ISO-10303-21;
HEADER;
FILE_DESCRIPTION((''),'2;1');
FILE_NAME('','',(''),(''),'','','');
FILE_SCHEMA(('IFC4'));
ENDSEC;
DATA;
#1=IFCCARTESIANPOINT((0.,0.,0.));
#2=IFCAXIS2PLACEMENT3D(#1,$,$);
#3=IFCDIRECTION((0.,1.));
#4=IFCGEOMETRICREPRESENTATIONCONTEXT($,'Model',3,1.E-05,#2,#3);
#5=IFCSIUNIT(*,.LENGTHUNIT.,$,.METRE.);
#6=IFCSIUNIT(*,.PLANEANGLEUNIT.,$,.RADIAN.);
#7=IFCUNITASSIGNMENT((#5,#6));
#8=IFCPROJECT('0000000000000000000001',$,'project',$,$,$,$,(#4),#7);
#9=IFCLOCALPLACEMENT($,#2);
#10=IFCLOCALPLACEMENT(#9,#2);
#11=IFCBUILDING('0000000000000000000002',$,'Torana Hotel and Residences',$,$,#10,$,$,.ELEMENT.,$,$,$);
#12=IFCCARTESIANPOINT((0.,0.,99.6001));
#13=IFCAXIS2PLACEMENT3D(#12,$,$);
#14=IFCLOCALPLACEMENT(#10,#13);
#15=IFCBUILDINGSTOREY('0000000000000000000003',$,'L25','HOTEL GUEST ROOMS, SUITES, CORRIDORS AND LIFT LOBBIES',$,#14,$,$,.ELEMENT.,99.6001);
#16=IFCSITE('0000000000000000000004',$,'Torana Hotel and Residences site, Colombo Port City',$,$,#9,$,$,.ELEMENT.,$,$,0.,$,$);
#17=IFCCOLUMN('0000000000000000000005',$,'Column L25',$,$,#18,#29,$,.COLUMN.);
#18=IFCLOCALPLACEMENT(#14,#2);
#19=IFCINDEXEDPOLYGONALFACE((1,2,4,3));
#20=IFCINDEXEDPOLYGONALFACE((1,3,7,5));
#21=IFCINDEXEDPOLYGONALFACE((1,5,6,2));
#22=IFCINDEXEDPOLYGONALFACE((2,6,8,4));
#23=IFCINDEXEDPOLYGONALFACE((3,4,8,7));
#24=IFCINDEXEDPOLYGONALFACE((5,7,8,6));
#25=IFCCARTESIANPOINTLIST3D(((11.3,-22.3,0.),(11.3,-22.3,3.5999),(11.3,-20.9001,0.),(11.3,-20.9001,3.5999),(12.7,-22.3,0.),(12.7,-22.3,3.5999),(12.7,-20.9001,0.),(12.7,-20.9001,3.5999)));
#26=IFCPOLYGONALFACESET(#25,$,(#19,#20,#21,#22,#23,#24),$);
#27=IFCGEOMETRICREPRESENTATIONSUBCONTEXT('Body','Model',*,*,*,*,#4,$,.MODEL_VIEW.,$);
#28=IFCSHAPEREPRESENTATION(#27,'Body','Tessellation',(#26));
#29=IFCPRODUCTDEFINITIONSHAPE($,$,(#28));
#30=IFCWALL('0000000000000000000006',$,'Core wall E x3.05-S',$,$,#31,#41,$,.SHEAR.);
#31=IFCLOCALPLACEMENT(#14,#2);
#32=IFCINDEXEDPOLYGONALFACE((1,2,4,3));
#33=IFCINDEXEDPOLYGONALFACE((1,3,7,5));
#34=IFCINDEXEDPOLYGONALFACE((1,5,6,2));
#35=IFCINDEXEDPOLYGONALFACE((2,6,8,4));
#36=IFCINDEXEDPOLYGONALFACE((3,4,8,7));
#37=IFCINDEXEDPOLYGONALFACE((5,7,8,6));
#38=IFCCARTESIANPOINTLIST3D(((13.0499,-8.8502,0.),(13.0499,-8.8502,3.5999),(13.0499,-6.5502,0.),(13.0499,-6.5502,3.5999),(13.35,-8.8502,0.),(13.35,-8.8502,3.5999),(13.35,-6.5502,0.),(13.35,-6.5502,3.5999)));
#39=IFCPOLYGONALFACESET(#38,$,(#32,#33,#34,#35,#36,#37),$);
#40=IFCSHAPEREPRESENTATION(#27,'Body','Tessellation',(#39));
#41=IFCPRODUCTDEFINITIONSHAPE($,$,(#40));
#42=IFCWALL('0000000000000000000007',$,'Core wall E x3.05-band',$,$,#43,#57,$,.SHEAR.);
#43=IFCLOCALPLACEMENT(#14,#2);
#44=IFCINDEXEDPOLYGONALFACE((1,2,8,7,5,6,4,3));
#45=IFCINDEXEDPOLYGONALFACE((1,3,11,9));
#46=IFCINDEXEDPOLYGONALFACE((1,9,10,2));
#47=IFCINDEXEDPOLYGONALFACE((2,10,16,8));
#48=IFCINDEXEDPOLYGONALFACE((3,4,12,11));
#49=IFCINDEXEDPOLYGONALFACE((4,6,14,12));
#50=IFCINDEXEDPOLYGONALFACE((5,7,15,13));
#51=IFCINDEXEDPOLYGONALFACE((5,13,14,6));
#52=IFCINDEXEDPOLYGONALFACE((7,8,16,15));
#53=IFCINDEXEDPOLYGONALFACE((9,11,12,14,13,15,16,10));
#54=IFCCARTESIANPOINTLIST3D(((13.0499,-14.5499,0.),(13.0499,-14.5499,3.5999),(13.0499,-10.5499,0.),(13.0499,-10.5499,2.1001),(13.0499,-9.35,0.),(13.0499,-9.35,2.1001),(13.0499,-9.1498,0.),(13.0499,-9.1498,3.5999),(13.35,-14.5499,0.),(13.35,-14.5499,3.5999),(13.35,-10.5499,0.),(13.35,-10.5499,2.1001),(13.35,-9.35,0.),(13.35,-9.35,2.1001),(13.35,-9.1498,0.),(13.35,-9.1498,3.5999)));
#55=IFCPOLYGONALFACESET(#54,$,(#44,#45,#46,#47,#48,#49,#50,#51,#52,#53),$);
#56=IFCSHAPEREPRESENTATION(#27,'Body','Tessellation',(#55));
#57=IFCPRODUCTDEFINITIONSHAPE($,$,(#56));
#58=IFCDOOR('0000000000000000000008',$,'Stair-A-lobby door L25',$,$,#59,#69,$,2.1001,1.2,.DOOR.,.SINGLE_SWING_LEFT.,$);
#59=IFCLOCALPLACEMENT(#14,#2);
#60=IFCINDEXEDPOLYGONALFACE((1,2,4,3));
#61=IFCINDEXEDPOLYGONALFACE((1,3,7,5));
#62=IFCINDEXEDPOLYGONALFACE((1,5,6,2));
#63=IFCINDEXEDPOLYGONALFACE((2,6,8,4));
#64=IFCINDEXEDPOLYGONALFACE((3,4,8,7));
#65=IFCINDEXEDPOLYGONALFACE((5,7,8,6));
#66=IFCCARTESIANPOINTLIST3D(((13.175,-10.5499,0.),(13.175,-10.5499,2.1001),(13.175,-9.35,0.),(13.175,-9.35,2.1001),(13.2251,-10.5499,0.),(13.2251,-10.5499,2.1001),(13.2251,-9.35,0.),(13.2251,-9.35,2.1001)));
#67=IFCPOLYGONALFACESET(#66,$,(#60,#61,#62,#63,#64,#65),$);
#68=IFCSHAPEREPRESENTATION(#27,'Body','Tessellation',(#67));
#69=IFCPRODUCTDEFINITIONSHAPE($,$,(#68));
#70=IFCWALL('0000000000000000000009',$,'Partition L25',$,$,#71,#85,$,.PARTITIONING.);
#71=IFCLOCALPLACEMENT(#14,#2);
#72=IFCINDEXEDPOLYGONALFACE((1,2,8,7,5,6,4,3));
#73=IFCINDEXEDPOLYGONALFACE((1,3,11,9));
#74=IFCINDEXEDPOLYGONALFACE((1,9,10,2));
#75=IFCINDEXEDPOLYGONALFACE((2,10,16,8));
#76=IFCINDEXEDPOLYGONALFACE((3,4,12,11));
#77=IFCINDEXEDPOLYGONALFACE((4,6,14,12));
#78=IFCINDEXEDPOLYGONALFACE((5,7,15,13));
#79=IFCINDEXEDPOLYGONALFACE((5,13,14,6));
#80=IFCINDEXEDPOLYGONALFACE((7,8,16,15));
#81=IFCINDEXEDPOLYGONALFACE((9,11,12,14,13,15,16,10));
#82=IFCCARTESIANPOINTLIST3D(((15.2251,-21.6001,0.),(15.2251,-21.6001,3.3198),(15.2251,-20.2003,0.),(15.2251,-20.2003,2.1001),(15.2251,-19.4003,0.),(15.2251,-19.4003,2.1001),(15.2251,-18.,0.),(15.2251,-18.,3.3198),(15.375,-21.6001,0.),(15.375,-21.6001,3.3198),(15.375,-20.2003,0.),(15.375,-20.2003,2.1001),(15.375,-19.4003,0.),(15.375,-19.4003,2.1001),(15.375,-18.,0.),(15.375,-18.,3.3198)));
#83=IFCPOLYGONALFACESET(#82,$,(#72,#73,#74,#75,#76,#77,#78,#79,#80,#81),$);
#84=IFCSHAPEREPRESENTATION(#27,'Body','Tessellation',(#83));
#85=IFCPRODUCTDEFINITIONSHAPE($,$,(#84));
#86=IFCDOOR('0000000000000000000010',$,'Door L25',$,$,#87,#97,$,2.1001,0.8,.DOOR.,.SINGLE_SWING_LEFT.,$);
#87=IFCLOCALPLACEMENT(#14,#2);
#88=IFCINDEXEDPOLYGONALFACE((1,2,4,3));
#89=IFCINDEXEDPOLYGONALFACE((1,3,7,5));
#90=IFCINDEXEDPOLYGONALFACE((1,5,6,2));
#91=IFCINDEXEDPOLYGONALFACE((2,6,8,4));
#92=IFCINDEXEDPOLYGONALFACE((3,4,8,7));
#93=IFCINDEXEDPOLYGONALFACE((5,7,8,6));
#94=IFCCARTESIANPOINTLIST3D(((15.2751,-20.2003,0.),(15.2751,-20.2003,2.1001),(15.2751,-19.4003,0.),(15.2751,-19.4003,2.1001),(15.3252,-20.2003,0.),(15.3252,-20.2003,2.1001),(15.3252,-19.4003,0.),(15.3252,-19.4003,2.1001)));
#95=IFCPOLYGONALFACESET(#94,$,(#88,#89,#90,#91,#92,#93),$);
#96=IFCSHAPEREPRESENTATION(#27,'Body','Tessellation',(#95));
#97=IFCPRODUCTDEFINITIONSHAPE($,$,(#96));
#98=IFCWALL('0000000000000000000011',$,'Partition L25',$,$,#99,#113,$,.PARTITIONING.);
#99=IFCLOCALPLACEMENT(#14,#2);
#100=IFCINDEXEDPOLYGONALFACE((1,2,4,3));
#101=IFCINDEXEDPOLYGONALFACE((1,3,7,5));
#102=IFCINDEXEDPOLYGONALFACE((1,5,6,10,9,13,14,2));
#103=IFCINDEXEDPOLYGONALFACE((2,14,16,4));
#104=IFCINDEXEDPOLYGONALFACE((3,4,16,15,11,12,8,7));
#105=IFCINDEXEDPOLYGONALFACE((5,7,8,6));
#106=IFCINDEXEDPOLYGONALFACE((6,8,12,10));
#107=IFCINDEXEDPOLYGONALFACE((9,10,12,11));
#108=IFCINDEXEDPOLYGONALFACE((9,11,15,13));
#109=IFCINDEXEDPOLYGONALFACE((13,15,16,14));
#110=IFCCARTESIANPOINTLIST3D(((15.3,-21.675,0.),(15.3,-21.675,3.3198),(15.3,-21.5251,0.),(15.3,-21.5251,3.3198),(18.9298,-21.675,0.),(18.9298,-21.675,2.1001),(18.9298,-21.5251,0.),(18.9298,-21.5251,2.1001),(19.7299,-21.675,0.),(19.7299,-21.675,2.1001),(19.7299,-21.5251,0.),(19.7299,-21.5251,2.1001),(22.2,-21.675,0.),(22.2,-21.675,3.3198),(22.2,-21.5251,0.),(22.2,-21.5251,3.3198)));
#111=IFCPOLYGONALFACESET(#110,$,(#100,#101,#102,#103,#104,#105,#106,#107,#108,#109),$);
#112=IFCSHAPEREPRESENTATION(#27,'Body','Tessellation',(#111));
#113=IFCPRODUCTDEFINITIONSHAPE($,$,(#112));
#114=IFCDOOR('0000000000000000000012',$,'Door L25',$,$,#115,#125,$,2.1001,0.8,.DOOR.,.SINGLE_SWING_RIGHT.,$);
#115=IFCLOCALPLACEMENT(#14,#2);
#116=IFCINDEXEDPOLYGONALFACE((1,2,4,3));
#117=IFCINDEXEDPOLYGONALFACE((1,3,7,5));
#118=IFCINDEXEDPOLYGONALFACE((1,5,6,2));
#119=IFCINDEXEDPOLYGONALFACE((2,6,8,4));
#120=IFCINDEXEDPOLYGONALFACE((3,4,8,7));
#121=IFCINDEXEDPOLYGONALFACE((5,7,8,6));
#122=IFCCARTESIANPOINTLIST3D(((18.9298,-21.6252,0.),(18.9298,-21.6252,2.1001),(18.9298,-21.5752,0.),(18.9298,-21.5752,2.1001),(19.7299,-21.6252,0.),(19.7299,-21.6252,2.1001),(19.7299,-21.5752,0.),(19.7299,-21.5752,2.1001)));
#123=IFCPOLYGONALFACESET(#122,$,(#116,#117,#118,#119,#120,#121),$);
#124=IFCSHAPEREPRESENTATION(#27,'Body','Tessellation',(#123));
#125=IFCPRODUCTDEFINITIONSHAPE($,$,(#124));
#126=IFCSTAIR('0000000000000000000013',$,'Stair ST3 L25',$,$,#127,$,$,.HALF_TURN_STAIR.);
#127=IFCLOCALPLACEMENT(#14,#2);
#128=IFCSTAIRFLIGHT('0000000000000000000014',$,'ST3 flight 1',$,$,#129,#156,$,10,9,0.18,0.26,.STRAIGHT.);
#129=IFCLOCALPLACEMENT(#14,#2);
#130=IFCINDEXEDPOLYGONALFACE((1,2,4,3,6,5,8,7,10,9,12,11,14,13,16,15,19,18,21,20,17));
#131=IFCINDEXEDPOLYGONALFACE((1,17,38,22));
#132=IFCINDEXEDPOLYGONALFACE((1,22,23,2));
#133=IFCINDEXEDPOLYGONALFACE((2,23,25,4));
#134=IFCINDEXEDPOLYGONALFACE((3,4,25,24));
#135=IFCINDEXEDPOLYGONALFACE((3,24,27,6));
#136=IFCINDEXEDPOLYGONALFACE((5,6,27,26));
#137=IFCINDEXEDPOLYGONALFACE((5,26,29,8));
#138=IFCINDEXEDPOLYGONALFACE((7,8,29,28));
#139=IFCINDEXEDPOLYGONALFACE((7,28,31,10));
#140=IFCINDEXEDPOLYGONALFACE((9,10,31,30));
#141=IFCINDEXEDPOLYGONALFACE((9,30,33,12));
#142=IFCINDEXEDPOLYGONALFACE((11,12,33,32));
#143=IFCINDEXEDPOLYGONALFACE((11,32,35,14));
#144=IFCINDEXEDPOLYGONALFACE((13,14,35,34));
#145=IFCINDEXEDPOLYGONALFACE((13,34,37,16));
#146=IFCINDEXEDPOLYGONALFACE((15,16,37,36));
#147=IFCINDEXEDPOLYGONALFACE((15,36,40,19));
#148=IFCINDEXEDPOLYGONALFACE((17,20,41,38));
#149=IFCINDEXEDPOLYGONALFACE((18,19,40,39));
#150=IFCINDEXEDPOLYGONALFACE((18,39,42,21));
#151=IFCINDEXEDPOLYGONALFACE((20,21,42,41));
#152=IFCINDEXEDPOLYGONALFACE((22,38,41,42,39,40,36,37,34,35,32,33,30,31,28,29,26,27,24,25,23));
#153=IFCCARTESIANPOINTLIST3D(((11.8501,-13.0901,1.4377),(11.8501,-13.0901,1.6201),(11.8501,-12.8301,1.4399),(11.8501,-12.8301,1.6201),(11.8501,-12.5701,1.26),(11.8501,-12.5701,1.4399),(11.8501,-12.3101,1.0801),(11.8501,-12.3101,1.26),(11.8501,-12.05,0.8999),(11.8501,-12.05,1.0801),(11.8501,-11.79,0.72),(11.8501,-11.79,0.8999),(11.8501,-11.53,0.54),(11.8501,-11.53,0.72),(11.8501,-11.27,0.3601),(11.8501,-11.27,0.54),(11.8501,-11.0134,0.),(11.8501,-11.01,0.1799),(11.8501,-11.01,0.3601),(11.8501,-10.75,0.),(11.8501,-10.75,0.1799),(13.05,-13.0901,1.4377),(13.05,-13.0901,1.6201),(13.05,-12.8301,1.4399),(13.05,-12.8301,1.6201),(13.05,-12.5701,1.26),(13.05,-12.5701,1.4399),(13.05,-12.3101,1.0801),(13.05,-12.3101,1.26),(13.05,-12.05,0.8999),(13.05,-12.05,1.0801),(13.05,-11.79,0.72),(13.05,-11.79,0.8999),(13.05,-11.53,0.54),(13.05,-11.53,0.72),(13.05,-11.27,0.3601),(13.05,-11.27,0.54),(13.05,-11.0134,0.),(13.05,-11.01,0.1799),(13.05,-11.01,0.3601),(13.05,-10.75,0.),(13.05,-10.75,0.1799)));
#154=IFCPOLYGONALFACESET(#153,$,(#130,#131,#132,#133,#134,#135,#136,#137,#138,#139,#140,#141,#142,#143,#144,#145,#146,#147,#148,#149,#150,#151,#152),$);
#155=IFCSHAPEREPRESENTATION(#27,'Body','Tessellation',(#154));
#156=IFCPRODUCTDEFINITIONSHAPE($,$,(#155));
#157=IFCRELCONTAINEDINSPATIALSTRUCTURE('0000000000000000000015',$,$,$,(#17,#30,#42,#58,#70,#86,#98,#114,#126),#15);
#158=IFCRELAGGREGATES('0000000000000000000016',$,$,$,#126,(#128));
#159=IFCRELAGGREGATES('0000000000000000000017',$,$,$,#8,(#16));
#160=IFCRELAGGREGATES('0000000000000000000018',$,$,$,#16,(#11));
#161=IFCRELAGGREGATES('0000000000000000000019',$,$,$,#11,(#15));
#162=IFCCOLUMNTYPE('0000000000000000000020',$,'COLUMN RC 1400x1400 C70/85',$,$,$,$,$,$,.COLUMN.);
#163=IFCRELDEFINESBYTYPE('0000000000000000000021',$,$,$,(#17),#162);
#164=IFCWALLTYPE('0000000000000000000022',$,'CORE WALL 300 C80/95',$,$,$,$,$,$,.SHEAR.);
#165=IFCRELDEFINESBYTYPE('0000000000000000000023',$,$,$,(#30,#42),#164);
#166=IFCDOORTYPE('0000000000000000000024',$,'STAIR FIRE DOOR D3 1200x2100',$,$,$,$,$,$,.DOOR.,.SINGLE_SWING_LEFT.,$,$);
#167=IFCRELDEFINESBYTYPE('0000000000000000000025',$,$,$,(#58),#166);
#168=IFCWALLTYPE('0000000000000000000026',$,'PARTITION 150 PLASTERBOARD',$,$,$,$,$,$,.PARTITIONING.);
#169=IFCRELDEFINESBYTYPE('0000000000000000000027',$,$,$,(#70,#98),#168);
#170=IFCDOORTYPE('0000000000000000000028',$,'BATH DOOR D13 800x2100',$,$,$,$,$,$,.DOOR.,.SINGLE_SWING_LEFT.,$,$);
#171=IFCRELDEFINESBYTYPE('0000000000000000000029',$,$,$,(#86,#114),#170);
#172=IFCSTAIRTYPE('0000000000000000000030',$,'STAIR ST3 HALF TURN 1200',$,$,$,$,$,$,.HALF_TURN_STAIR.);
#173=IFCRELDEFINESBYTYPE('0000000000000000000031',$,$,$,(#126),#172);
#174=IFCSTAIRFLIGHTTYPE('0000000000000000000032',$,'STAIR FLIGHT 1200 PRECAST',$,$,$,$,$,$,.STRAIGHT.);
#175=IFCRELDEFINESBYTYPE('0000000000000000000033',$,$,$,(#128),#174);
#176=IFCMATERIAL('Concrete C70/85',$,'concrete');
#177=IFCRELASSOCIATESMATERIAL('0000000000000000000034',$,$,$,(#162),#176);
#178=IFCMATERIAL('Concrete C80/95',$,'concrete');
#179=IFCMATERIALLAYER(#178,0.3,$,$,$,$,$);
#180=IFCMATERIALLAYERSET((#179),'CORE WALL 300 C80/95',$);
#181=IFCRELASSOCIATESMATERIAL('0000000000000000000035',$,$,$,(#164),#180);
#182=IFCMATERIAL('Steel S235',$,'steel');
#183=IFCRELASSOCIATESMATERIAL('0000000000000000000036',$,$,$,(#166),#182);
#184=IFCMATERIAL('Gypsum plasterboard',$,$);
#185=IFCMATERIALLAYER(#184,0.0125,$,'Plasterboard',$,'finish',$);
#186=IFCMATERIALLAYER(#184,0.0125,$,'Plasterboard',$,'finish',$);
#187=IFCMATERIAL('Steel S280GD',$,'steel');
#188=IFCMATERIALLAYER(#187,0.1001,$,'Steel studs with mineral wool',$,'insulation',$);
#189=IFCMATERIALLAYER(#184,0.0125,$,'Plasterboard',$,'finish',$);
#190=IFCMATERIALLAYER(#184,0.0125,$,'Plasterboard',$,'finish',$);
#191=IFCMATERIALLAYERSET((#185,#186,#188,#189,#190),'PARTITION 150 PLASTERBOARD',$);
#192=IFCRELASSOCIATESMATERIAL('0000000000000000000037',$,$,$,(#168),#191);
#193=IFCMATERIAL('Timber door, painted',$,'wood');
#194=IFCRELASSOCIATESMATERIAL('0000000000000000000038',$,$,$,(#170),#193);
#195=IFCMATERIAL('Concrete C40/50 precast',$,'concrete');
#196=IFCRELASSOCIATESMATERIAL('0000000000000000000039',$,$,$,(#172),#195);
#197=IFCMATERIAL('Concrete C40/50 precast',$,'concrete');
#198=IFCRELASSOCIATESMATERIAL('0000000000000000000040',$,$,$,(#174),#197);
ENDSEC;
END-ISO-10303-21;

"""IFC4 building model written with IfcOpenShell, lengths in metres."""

from ifc_helpers import new_model, si_unit, direction, frame, frame_2d, origin, origin_2d, place, context, subcontext, project, spatial, polyline, rectangle, outline, extrude, material, layer, layer_set, material_profile, profile_set, type_object, element, fill, aggregate, save


model = new_model("IFC4")

# Units and contexts
model_context = context("Model", 3, precision=1e-05, world=origin(), true_north=direction((0.0, 1.0)))
body_context = subcontext(model_context, "Body", "Model", "MODEL_VIEW")
ifc_project = project(units=[si_unit("LENGTHUNIT", "METRE"), si_unit("PLANEANGLEUNIT", "RADIAN")], contexts=[model_context])

# Site, building, storey
site_placement = place(None, origin())
site = spatial("IfcSite", under=ifc_project, at=site_placement, Name="Torana Hotel and Residences site, Colombo Port City", CompositionType="ELEMENT", RefElevation=0.0)
building_placement = place(site_placement, origin())
building = spatial("IfcBuilding", under=site, at=building_placement, Name="Torana Hotel and Residences", CompositionType="ELEMENT")
storey_placement = place(building_placement, frame((0.0, 0.0, 99.6001)))
storey = spatial("IfcBuildingStorey", under=building, at=storey_placement, Name="L25", Description="HOTEL GUEST ROOMS, SUITES, CORRIDORS AND LIFT LOBBIES", CompositionType="ELEMENT", Elevation=99.6001)

# Column
ifc_material_1 = material(Name="Concrete C70/85", Category="concrete")
ifc_material_profile = material_profile(ifc_material_1, rectangle(XDim=1.3999, YDim=1.3999, at=origin_2d()), Name="RC 1400x1400")
ifc_profile_set = profile_set([ifc_material_profile], Name="Concrete C70/85")
column_type = type_object("IfcColumnType", Name="COLUMN RC 1400x1400 C70/85", PredefinedType="COLUMN", material=ifc_profile_set)
column_placement = place(storey_placement, frame((12.0, -21.6001, 0.0), z_axis=(0.0, 0.0, 1.0), x_axis=(1.0, 0.0, 0.0)))
element("IfcColumn", 1, at=column_placement, inside=storey, type_object=column_type, Name="Column L25", PredefinedType="COLUMN", context=body_context, shape_type="SweptSolid", body=[
    extrude(rectangle(XDim=1.3999, YDim=1.3999, at=origin_2d()), origin(), (0.0, 0.0, 1.0), 3.5999),
])

# Wall
ifc_material_2 = material(Name="Concrete C80/95", Category="concrete")
ifc_layer_1 = layer(ifc_material_2, 0.3)
ifc_layer_set_1 = layer_set([ifc_layer_1], Name="CORE WALL 300 C80/95")
wall_type_1 = type_object("IfcWallType", Name="CORE WALL 300 C80/95", PredefinedType="SHEAR", material=ifc_layer_set_1)
wall_1_placement = place(storey_placement, frame((13.2, -8.8501, 0.0), z_axis=(0.0, 0.0, 1.0), x_axis=(0.0, 1.0, 0.0)))
element("IfcWall", 2, at=wall_1_placement, inside=storey, type_object=wall_type_1, Name="Core wall E x3.05-S", PredefinedType="SHEAR", context=body_context, shape_type="SweptSolid", body=[
    extrude(rectangle(XDim=2.3, YDim=0.3, at=frame_2d((1.1499, 0.0))), origin(), (0.0, 0.0, 1.0), 3.5999),
])

# Walls, openings, doors
wall_2_placement = place(storey_placement, frame((13.2, -14.55, 0.0), z_axis=(0.0, 0.0, 1.0), x_axis=(0.0, 1.0, 0.0)))
wall_2 = element("IfcWall", 3, at=wall_2_placement, inside=storey, type_object=wall_type_1, Name="Core wall E x3.05-band", PredefinedType="SHEAR", context=body_context, shape_type="SweptSolid", body=[
    extrude(rectangle(XDim=5.4001, YDim=0.3, at=frame_2d((2.7002, 0.0))), origin(), (0.0, 0.0, 1.0), 3.5999),
])
opening_1_placement = place(wall_2_placement, frame((4.0, 0.0, 0.0)))
opening_1 = element("IfcOpeningElement", 4, at=opening_1_placement, cuts=wall_2, PredefinedType="OPENING", context=body_context, shape_type="SweptSolid", body=[
    extrude(rectangle(XDim=1.2, YDim=2.1001, at=frame_2d((0.6001, 1.05))), frame((0.0, 0.1599, 0.0), z_axis=(0.0, -1.0, 0.0), x_axis=(1.0, 0.0, 0.0)), (0.0, 0.0, 1.0), 0.3201),
])
ifc_material_3 = material(Name="Steel S235", Category="steel")
door_type_1 = type_object("IfcDoorType", Name="STAIR FIRE DOOR D3 1200x2100", OperationType="SINGLE_SWING_LEFT", PredefinedType="DOOR", material=ifc_material_3)
door_1_placement = place(opening_1_placement, origin())
door_1 = element("IfcDoor", 5, at=door_1_placement, inside=storey, type_object=door_type_1, Name="Stair-A-lobby door L25", OperationType="SINGLE_SWING_LEFT", OverallHeight=2.1001, OverallWidth=1.2, PredefinedType="DOOR", context=body_context, shape_type="SweptSolid", body=[
    extrude(rectangle(XDim=1.2, YDim=2.1001, at=frame_2d((0.6001, 1.05))), frame((0.0, 0.0249, 0.0), z_axis=(0.0, -1.0, 0.0), x_axis=(1.0, 0.0, 0.0)), (0.0, 0.0, 1.0), 0.05),
])
fill(opening_1, door_1)
ifc_material_4 = material(Name="Gypsum plasterboard")
ifc_layer_2 = layer(ifc_material_4, 0.0125, Name="Plasterboard", Category="finish")
ifc_layer_3 = layer(ifc_material_4, 0.0125, Name="Plasterboard", Category="finish")
ifc_material_5 = material(Name="Steel S280GD", Category="steel")
ifc_layer_4 = layer(ifc_material_5, 0.1001, Name="Steel studs with mineral wool", Category="insulation")
ifc_layer_5 = layer(ifc_material_4, 0.0125, Name="Plasterboard", Category="finish")
ifc_layer_6 = layer(ifc_material_4, 0.0125, Name="Plasterboard", Category="finish")
ifc_layer_set_2 = layer_set([ifc_layer_2, ifc_layer_3, ifc_layer_4, ifc_layer_5, ifc_layer_6], Name="PARTITION 150 PLASTERBOARD")
wall_type_2 = type_object("IfcWallType", Name="PARTITION 150 PLASTERBOARD", PredefinedType="PARTITIONING", material=ifc_layer_set_2)
wall_3_placement = place(storey_placement, frame((15.3, -21.6001, 0.0), z_axis=(0.0, 0.0, 1.0), x_axis=(0.0, 1.0, 0.0)))
wall_3 = element("IfcWall", 6, at=wall_3_placement, inside=storey, type_object=wall_type_2, Name="Partition L25", PredefinedType="PARTITIONING", context=body_context, shape_type="SweptSolid", body=[
    extrude(rectangle(XDim=3.6001, YDim=0.1499, at=frame_2d((1.8, 0.0))), origin(), (0.0, 0.0, 1.0), 3.3198),
])
opening_2_placement = place(wall_3_placement, frame((1.3999, 0.0, 0.0)))
opening_2 = element("IfcOpeningElement", 7, at=opening_2_placement, cuts=wall_3, PredefinedType="OPENING", context=body_context, shape_type="SweptSolid", body=[
    extrude(rectangle(XDim=0.8, YDim=2.1001, at=frame_2d((0.3999, 1.05))), frame((0.0, 0.085, 0.0), z_axis=(0.0, -1.0, 0.0), x_axis=(1.0, 0.0, 0.0)), (0.0, 0.0, 1.0), 0.1699),
])
ifc_material_6 = material(Name="Timber door, painted", Category="wood")
door_type_2 = type_object("IfcDoorType", Name="BATH DOOR D13 800x2100", OperationType="SINGLE_SWING_LEFT", PredefinedType="DOOR", material=ifc_material_6)
door_2_placement = place(opening_2_placement, origin())
door_2 = element("IfcDoor", 8, at=door_2_placement, inside=storey, type_object=door_type_2, Name="Door L25", OperationType="SINGLE_SWING_LEFT", OverallHeight=2.1001, OverallWidth=0.8, PredefinedType="DOOR", context=body_context, shape_type="SweptSolid", body=[
    extrude(rectangle(XDim=0.8, YDim=2.1001, at=frame_2d((0.3999, 1.05))), frame((0.0, 0.0249, 0.0), z_axis=(0.0, -1.0, 0.0), x_axis=(1.0, 0.0, 0.0)), (0.0, 0.0, 1.0), 0.05),
])
fill(opening_2, door_2)
wall_4_placement = place(storey_placement, frame((15.3, -21.6001, 0.0), z_axis=(0.0, 0.0, 1.0), x_axis=(1.0, 0.0, 0.0)))
wall_4 = element("IfcWall", 9, at=wall_4_placement, inside=storey, type_object=wall_type_2, Name="Partition L25", PredefinedType="PARTITIONING", context=body_context, shape_type="SweptSolid", body=[
    extrude(rectangle(XDim=6.8999, YDim=0.1499, at=frame_2d((3.45, 0.0))), origin(), (0.0, 0.0, 1.0), 3.3198),
])
opening_3_placement = place(wall_4_placement, frame((3.6299, 0.0, 0.0)))
opening_3 = element("IfcOpeningElement", 10, at=opening_3_placement, cuts=wall_4, PredefinedType="OPENING", context=body_context, shape_type="SweptSolid", body=[
    extrude(rectangle(XDim=0.8, YDim=2.1001, at=frame_2d((0.3999, 1.05))), frame((0.0, 0.085, 0.0), z_axis=(0.0, -1.0, 0.0), x_axis=(1.0, 0.0, 0.0)), (0.0, 0.0, 1.0), 0.1699),
])
door_3_placement = place(opening_3_placement, origin())
door_3 = element("IfcDoor", 11, at=door_3_placement, inside=storey, type_object=door_type_2, Name="Door L25", OperationType="SINGLE_SWING_RIGHT", OverallHeight=2.1001, OverallWidth=0.8, PredefinedType="DOOR", context=body_context, shape_type="SweptSolid", body=[
    extrude(rectangle(XDim=0.8, YDim=2.1001, at=frame_2d((0.3999, 1.05))), frame((0.0, 0.0249, 0.0), z_axis=(0.0, -1.0, 0.0), x_axis=(1.0, 0.0, 0.0)), (0.0, 0.0, 1.0), 0.05),
])
fill(opening_3, door_3)

# Stair, stair flight
ifc_material_7 = material(Name="Concrete C40/50 precast", Category="concrete")
stair_type = type_object("IfcStairType", Name="STAIR ST3 HALF TURN 1200", PredefinedType="HALF_TURN_STAIR", material=ifc_material_7)
stair_placement = place(storey_placement, origin())
stair = element("IfcStair", 12, at=stair_placement, inside=storey, type_object=stair_type, Name="Stair ST3 L25", PredefinedType="HALF_TURN_STAIR")
ifc_material_8 = material(Name="Concrete C40/50 precast", Category="concrete")
stair_flight_type = type_object("IfcStairFlightType", Name="STAIR FLIGHT 1200 PRECAST", PredefinedType="STRAIGHT", material=ifc_material_8)
stair_flight_1_placement = place(storey_placement, frame((12.45, -10.75, 0.0), z_axis=(0.0, 0.0, 1.0), x_axis=(0.0, -1.0, 0.0)))
stair_flight_1 = element("IfcStairFlight", 13, at=stair_flight_1_placement, type_object=stair_flight_type, Name="ST3 flight 1", NumberOfRisers=10, NumberOfTreads=9, PredefinedType="STRAIGHT", RiserHeight=0.18, TreadLength=0.26, context=body_context, shape_type="SweptSolid", body=[
    extrude(outline(polyline([(0.0, 0.0), (0.0, 0.1799), (0.26, 0.1799), (0.26, 0.3601), (0.52, 0.3601), (0.52, 0.54), (0.78, 0.54), (0.78, 0.72), (1.04, 0.72), (1.04, 0.8999), (1.3, 0.8999), (1.3, 1.0801), (1.5601, 1.0801), (1.5601, 1.26), (1.8201, 1.26), (1.8201, 1.4399), (2.0801, 1.4399), (2.0801, 1.6201), (2.3401, 1.6201), (2.3401, 1.8), (2.3401, 1.4377), (0.2634, 0.0), (0.0, 0.0)])), frame((0.0, 0.6001, 0.0), z_axis=(0.0, -1.0, 0.0), x_axis=(1.0, 0.0, 0.0)), (0.0, 0.0, 1.0), 1.2),
])
aggregate(stair, [stair_flight_1])

save(model, "model.ifc")
